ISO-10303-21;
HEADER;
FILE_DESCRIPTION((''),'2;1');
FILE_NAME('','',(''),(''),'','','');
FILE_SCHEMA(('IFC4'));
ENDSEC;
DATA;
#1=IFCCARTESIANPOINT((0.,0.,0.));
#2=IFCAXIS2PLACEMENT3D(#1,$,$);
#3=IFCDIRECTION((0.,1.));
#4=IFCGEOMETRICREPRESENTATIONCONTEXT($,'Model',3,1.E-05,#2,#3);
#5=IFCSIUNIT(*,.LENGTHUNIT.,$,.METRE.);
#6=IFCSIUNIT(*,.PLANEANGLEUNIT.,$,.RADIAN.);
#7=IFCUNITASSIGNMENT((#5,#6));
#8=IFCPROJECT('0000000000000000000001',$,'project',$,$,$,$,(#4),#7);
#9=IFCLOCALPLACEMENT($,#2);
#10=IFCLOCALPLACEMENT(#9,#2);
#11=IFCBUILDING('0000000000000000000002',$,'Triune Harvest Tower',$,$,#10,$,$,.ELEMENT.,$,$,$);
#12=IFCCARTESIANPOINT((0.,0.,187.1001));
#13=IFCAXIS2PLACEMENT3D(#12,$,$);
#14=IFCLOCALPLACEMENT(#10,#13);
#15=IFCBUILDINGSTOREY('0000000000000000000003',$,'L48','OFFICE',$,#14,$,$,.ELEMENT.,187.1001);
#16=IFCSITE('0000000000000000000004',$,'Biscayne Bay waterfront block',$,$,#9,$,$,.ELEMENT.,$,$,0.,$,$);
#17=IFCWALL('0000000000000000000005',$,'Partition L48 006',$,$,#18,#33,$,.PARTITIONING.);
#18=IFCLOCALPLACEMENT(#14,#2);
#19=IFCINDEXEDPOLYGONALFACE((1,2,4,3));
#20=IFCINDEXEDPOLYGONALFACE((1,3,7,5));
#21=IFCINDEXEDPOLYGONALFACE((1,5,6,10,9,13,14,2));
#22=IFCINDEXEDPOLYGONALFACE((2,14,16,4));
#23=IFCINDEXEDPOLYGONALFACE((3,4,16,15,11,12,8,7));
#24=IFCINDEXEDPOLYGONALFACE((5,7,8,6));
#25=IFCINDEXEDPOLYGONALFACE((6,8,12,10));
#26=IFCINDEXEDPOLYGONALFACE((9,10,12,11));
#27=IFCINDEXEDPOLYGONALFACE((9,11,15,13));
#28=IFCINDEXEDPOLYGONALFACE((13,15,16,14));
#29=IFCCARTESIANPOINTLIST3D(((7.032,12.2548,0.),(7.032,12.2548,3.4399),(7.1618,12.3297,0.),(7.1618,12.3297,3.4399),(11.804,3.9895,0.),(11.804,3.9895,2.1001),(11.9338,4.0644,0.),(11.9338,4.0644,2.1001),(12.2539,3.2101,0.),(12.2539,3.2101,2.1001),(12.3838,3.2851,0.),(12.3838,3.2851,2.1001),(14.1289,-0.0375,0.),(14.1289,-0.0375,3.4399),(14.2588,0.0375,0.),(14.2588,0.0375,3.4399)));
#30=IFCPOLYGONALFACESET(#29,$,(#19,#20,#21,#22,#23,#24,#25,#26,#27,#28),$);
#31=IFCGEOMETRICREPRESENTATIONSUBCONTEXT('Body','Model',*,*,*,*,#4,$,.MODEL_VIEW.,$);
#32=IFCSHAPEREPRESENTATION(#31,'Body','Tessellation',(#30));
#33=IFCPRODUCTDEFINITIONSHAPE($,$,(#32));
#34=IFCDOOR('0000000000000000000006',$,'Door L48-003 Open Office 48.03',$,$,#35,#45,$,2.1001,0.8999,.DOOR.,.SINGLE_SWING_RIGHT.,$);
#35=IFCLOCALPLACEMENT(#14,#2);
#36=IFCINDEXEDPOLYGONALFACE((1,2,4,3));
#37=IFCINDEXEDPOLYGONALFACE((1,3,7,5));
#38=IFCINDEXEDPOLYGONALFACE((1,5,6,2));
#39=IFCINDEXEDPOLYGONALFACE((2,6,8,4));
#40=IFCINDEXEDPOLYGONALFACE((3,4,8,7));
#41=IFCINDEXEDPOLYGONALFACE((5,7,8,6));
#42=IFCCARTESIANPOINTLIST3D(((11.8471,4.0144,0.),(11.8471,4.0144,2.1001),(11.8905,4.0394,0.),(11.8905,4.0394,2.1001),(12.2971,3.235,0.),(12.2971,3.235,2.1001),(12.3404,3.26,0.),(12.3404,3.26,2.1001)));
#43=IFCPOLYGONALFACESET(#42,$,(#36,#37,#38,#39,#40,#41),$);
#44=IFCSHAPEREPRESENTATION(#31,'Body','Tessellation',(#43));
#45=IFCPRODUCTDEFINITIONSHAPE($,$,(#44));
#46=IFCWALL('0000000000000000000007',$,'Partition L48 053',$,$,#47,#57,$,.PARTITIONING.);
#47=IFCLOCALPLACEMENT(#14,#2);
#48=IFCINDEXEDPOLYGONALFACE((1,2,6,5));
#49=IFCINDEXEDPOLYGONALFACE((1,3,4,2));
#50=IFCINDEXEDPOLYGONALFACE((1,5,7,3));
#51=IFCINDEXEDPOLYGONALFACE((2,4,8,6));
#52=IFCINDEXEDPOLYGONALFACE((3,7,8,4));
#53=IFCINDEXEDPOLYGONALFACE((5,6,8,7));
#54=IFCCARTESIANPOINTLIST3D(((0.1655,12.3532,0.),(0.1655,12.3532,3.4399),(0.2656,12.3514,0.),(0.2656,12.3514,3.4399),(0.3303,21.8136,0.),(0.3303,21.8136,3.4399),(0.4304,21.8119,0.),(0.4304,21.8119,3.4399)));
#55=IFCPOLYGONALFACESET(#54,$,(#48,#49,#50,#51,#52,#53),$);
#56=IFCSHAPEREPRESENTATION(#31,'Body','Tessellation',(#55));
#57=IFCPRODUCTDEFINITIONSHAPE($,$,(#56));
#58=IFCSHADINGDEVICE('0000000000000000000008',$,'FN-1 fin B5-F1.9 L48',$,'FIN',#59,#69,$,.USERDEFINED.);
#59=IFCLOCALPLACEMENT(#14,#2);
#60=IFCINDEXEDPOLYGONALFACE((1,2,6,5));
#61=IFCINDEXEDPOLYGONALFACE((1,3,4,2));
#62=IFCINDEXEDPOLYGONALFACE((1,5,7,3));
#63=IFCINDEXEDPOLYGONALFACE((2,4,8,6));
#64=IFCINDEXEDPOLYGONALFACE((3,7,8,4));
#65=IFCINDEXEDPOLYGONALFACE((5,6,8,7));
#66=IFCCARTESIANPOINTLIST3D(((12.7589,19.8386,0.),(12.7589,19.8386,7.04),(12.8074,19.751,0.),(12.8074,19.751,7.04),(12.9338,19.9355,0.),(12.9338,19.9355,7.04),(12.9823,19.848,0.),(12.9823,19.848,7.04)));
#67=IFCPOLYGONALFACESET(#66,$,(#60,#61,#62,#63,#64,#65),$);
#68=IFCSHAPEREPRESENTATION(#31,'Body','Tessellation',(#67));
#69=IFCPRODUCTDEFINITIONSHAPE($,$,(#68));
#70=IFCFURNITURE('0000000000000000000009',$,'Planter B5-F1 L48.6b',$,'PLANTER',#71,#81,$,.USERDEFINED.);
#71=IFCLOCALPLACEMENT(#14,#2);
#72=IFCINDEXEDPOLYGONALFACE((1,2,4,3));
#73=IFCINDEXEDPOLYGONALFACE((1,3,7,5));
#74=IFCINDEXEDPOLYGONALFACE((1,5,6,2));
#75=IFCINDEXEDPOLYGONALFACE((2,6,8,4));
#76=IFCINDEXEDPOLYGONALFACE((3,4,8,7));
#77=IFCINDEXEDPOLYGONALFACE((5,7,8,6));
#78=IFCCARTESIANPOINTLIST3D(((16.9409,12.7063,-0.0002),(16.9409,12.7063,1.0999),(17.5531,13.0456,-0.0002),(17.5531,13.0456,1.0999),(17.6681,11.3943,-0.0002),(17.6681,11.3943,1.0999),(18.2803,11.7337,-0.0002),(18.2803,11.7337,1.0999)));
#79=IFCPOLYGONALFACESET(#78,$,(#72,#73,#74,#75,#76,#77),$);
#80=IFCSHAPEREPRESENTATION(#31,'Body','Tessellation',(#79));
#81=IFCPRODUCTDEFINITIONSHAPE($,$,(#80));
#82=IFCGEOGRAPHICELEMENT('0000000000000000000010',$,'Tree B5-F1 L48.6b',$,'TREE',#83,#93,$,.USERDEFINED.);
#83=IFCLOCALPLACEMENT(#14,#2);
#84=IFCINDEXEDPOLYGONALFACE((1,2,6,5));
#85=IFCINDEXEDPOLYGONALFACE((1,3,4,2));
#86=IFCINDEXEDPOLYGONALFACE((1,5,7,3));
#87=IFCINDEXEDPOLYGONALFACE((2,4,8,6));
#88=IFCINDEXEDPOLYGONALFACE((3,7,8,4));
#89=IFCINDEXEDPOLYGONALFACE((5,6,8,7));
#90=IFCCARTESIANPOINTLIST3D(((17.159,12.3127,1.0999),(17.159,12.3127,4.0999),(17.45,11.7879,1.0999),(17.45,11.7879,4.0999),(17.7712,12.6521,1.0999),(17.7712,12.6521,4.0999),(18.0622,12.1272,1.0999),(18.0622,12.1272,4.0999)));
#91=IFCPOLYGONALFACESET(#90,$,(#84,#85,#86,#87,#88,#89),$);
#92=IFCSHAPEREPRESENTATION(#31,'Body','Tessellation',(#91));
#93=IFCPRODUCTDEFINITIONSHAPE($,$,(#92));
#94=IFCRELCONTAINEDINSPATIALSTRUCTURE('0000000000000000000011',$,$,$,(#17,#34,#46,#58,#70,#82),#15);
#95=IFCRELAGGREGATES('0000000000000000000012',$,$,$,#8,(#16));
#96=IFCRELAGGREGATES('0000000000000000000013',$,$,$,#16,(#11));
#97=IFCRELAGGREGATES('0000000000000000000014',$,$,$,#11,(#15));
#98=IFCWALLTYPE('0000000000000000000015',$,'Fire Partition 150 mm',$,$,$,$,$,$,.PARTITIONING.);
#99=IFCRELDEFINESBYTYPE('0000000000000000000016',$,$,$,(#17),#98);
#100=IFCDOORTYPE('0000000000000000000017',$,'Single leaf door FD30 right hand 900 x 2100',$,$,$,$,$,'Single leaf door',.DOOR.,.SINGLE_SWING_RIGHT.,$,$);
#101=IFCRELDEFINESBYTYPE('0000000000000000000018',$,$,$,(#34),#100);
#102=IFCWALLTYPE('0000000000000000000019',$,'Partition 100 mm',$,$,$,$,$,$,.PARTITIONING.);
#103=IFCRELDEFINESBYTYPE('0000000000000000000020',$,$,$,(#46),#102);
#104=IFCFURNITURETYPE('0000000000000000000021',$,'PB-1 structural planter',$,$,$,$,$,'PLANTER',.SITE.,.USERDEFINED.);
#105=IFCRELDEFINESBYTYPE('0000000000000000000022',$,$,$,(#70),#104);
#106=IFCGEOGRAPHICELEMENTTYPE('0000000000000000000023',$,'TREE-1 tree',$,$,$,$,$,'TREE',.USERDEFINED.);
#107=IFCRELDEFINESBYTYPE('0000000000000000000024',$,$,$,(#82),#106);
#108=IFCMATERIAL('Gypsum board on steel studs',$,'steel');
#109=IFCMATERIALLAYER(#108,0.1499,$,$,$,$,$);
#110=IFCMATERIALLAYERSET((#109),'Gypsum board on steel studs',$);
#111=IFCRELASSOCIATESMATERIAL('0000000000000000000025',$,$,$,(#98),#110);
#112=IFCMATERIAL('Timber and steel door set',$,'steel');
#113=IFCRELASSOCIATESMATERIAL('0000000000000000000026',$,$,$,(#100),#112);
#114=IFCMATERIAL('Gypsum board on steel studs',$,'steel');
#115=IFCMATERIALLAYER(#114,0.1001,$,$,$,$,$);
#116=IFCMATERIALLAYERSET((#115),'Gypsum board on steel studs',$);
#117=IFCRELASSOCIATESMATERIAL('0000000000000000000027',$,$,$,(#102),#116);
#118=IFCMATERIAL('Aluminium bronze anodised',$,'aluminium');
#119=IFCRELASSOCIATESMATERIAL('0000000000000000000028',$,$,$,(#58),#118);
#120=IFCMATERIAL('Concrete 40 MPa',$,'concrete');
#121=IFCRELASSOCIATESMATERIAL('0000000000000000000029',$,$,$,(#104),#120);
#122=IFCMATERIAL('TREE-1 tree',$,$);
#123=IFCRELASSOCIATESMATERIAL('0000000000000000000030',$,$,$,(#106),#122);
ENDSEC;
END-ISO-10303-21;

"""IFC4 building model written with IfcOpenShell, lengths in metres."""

from ifc_helpers import new_model, si_unit, direction, frame, frame_2d, origin, origin_2d, place, context, subcontext, project, spatial, rectangle, extrude, source, transform, mapped, material, layer, layer_set, type_object, element, fill, save


model = new_model("IFC4")

# Units and contexts
model_context = context("Model", 3, precision=1e-05, world=origin(), true_north=direction((0.0, 1.0)))
body_context = subcontext(model_context, "Body", "Model", "MODEL_VIEW")
ifc_project = project(units=[si_unit("LENGTHUNIT", "METRE"), si_unit("PLANEANGLEUNIT", "RADIAN")], contexts=[model_context])

# Site, building, storey
site_placement = place(None, origin())
site = spatial("IfcSite", under=ifc_project, at=site_placement, Name="Biscayne Bay waterfront block", CompositionType="ELEMENT", RefElevation=0.0)
building_placement = place(site_placement, origin())
building = spatial("IfcBuilding", under=site, at=building_placement, Name="Triune Harvest Tower", CompositionType="ELEMENT")
storey_placement = place(building_placement, frame((0.0, 0.0, 187.1001)))
storey = spatial("IfcBuildingStorey", under=building, at=storey_placement, Name="L48", Description="OFFICE", CompositionType="ELEMENT", Elevation=187.1001)

# Wall, opening, door
ifc_material_1 = material(Name="Aluminium bronze anodised", Category="aluminium")
ifc_material_2 = material(Name="Gypsum board on steel studs", Category="steel")
ifc_layer_1 = layer(ifc_material_2, 0.1499)
ifc_layer_set_1 = layer_set([ifc_layer_1], Name="Gypsum board on steel studs")
wall_type_1 = type_object("IfcWallType", Name="Fire Partition 150 mm", PredefinedType="PARTITIONING", material=ifc_layer_set_1)
shared_shape_1 = source(origin(), body_context, "Body", "SweptSolid", [
    extrude(rectangle(XDim=14.1938, YDim=0.1499, at=frame_2d((7.0969, 0.0))), origin(), (0.0, 0.0, 1.0), 3.4399),
])
wall_1_placement = place(storey_placement, frame((7.0969, 12.2922, 0.0), z_axis=(0.0, 0.0, 1.0), x_axis=(0.5, -0.866025, 0.0)))
wall_1 = element("IfcWall", 1, at=wall_1_placement, inside=storey, type_object=wall_type_1, Name="Partition L48 006", PredefinedType="PARTITIONING", context=body_context, shape_type="MappedRepresentation", body=[
    mapped(shared_shape_1, transform((0.0, 0.0, 0.0), scale=1.0)),
])
opening_1_placement = place(wall_1_placement, frame((9.5439, 0.0, 0.0)))
opening_1 = element("IfcOpeningElement", 2, at=opening_1_placement, cuts=wall_1, PredefinedType="OPENING", context=body_context, shape_type="SweptSolid", body=[
    extrude(rectangle(XDim=0.8999, YDim=2.1001, at=frame_2d((0.45, 1.05))), frame((0.0, 0.085, 0.0), z_axis=(0.0, -1.0, 0.0), x_axis=(1.0, 0.0, 0.0)), (0.0, 0.0, 1.0), 0.1699),
])
ifc_material_3 = material(Name="Timber and steel door set", Category="steel")
door_type_1 = type_object("IfcDoorType", Name="Single leaf door FD30 right hand 900 x 2100", ElementType="Single leaf door", OperationType="SINGLE_SWING_RIGHT", PredefinedType="DOOR", material=ifc_material_3)
door_1_placement = place(opening_1_placement, origin())
door_1 = element("IfcDoor", 3, at=door_1_placement, inside=storey, type_object=door_type_1, Name="Door L48-003 Open Office 48.03", OperationType="SINGLE_SWING_RIGHT", OverallHeight=2.1001, OverallWidth=0.8999, PredefinedType="DOOR", context=body_context, shape_type="SweptSolid", body=[
    extrude(rectangle(XDim=0.8999, YDim=2.1001, at=frame_2d((0.45, 1.05))), frame((0.0, 0.0249, 0.0), z_axis=(0.0, -1.0, 0.0), x_axis=(1.0, 0.0, 0.0)), (0.0, 0.0, 1.0), 0.05),
])
fill(opening_1, door_1)

# Wall
ifc_material_4 = material(Name="Gypsum board on steel studs", Category="steel")
ifc_layer_2 = layer(ifc_material_4, 0.1001)
ifc_layer_set_2 = layer_set([ifc_layer_2], Name="Gypsum board on steel studs")
wall_type_2 = type_object("IfcWallType", Name="Partition 100 mm", PredefinedType="PARTITIONING", material=ifc_layer_set_2)
shared_shape_2 = source(origin(), body_context, "Body", "SweptSolid", [
    extrude(rectangle(XDim=9.4619, YDim=0.1001, at=frame_2d((4.731, 0.0))), origin(), (0.0, 0.0, 1.0), 3.4399),
])
wall_2_placement = place(storey_placement, frame((0.2156, 12.3523, 0.0), z_axis=(0.0, 0.0, 1.0), x_axis=(0.017417, 0.999848, 0.0)))
element("IfcWall", 4, at=wall_2_placement, inside=storey, type_object=wall_type_2, Name="Partition L48 053", PredefinedType="PARTITIONING", context=body_context, shape_type="MappedRepresentation", body=[
    mapped(shared_shape_2, transform((0.0, 0.0, 0.0), scale=1.0)),
])

# Shading device
shared_shape_3 = source(origin(), body_context, "Body", "SweptSolid", [
    extrude(rectangle(XDim=0.1001, YDim=0.2, at=origin_2d()), origin(), (0.0, 0.0, 1.0), 7.04),
])
shading_device_placement = place(storey_placement, frame((12.8706, 19.8433, 0.0), z_axis=(0.0, 0.0, 1.0), x_axis=(-0.484808, 0.87462, 0.0)))
element("IfcShadingDevice", 5, at=shading_device_placement, inside=storey, material=ifc_material_1, Name="FN-1 fin B5-F1.9 L48", ObjectType="FIN", PredefinedType="USERDEFINED", context=body_context, shape_type="MappedRepresentation", body=[
    mapped(shared_shape_3, transform((0.0, 0.0, 0.0), scale=1.0)),
])

# Furniture
ifc_material_5 = material(Name="Concrete 40 MPa", Category="concrete")
furniture_type = type_object("IfcFurnitureType", Name="PB-1 structural planter", ElementType="PLANTER", AssemblyPlace="SITE", PredefinedType="USERDEFINED", material=ifc_material_5)
shared_shape_4 = source(origin(), body_context, "Body", "SweptSolid", [
    extrude(rectangle(XDim=1.5, YDim=0.7, at=origin_2d()), origin(), (0.0, 0.0, 1.0), 1.1001),
])
furniture_placement = place(storey_placement, frame((17.6106, 12.22, -0.0002), z_axis=(0.0, 0.0, 1.0), x_axis=(-0.484808, 0.87462, 0.0)))
element("IfcFurniture", 6, at=furniture_placement, inside=storey, type_object=furniture_type, Name="Planter B5-F1 L48.6b", ObjectType="PLANTER", PredefinedType="USERDEFINED", context=body_context, shape_type="MappedRepresentation", body=[
    mapped(shared_shape_4, transform((0.0, 0.0, 0.0), scale=1.0)),
])

# Geographic element
ifc_material_6 = material(Name="TREE-1 tree")
geographic_element_type = type_object("IfcGeographicElementType", Name="TREE-1 tree", ElementType="TREE", PredefinedType="USERDEFINED", material=ifc_material_6)
shared_shape_5 = source(origin(), body_context, "Body", "SweptSolid", [
    extrude(rectangle(XDim=0.6001, YDim=0.7, at=origin_2d()), origin(), (0.0, 0.0, 1.0), 3.0),
])
geographic_element_placement = place(storey_placement, frame((17.6106, 12.22, 1.0999), z_axis=(0.0, 0.0, 1.0), x_axis=(-0.484808, 0.87462, 0.0)))
element("IfcGeographicElement", 7, at=geographic_element_placement, inside=storey, type_object=geographic_element_type, Name="Tree B5-F1 L48.6b", ObjectType="TREE", PredefinedType="USERDEFINED", context=body_context, shape_type="MappedRepresentation", body=[
    mapped(shared_shape_5, transform((0.0, 0.0, 0.0), scale=1.0)),
])

save(model, "model.ifc")
